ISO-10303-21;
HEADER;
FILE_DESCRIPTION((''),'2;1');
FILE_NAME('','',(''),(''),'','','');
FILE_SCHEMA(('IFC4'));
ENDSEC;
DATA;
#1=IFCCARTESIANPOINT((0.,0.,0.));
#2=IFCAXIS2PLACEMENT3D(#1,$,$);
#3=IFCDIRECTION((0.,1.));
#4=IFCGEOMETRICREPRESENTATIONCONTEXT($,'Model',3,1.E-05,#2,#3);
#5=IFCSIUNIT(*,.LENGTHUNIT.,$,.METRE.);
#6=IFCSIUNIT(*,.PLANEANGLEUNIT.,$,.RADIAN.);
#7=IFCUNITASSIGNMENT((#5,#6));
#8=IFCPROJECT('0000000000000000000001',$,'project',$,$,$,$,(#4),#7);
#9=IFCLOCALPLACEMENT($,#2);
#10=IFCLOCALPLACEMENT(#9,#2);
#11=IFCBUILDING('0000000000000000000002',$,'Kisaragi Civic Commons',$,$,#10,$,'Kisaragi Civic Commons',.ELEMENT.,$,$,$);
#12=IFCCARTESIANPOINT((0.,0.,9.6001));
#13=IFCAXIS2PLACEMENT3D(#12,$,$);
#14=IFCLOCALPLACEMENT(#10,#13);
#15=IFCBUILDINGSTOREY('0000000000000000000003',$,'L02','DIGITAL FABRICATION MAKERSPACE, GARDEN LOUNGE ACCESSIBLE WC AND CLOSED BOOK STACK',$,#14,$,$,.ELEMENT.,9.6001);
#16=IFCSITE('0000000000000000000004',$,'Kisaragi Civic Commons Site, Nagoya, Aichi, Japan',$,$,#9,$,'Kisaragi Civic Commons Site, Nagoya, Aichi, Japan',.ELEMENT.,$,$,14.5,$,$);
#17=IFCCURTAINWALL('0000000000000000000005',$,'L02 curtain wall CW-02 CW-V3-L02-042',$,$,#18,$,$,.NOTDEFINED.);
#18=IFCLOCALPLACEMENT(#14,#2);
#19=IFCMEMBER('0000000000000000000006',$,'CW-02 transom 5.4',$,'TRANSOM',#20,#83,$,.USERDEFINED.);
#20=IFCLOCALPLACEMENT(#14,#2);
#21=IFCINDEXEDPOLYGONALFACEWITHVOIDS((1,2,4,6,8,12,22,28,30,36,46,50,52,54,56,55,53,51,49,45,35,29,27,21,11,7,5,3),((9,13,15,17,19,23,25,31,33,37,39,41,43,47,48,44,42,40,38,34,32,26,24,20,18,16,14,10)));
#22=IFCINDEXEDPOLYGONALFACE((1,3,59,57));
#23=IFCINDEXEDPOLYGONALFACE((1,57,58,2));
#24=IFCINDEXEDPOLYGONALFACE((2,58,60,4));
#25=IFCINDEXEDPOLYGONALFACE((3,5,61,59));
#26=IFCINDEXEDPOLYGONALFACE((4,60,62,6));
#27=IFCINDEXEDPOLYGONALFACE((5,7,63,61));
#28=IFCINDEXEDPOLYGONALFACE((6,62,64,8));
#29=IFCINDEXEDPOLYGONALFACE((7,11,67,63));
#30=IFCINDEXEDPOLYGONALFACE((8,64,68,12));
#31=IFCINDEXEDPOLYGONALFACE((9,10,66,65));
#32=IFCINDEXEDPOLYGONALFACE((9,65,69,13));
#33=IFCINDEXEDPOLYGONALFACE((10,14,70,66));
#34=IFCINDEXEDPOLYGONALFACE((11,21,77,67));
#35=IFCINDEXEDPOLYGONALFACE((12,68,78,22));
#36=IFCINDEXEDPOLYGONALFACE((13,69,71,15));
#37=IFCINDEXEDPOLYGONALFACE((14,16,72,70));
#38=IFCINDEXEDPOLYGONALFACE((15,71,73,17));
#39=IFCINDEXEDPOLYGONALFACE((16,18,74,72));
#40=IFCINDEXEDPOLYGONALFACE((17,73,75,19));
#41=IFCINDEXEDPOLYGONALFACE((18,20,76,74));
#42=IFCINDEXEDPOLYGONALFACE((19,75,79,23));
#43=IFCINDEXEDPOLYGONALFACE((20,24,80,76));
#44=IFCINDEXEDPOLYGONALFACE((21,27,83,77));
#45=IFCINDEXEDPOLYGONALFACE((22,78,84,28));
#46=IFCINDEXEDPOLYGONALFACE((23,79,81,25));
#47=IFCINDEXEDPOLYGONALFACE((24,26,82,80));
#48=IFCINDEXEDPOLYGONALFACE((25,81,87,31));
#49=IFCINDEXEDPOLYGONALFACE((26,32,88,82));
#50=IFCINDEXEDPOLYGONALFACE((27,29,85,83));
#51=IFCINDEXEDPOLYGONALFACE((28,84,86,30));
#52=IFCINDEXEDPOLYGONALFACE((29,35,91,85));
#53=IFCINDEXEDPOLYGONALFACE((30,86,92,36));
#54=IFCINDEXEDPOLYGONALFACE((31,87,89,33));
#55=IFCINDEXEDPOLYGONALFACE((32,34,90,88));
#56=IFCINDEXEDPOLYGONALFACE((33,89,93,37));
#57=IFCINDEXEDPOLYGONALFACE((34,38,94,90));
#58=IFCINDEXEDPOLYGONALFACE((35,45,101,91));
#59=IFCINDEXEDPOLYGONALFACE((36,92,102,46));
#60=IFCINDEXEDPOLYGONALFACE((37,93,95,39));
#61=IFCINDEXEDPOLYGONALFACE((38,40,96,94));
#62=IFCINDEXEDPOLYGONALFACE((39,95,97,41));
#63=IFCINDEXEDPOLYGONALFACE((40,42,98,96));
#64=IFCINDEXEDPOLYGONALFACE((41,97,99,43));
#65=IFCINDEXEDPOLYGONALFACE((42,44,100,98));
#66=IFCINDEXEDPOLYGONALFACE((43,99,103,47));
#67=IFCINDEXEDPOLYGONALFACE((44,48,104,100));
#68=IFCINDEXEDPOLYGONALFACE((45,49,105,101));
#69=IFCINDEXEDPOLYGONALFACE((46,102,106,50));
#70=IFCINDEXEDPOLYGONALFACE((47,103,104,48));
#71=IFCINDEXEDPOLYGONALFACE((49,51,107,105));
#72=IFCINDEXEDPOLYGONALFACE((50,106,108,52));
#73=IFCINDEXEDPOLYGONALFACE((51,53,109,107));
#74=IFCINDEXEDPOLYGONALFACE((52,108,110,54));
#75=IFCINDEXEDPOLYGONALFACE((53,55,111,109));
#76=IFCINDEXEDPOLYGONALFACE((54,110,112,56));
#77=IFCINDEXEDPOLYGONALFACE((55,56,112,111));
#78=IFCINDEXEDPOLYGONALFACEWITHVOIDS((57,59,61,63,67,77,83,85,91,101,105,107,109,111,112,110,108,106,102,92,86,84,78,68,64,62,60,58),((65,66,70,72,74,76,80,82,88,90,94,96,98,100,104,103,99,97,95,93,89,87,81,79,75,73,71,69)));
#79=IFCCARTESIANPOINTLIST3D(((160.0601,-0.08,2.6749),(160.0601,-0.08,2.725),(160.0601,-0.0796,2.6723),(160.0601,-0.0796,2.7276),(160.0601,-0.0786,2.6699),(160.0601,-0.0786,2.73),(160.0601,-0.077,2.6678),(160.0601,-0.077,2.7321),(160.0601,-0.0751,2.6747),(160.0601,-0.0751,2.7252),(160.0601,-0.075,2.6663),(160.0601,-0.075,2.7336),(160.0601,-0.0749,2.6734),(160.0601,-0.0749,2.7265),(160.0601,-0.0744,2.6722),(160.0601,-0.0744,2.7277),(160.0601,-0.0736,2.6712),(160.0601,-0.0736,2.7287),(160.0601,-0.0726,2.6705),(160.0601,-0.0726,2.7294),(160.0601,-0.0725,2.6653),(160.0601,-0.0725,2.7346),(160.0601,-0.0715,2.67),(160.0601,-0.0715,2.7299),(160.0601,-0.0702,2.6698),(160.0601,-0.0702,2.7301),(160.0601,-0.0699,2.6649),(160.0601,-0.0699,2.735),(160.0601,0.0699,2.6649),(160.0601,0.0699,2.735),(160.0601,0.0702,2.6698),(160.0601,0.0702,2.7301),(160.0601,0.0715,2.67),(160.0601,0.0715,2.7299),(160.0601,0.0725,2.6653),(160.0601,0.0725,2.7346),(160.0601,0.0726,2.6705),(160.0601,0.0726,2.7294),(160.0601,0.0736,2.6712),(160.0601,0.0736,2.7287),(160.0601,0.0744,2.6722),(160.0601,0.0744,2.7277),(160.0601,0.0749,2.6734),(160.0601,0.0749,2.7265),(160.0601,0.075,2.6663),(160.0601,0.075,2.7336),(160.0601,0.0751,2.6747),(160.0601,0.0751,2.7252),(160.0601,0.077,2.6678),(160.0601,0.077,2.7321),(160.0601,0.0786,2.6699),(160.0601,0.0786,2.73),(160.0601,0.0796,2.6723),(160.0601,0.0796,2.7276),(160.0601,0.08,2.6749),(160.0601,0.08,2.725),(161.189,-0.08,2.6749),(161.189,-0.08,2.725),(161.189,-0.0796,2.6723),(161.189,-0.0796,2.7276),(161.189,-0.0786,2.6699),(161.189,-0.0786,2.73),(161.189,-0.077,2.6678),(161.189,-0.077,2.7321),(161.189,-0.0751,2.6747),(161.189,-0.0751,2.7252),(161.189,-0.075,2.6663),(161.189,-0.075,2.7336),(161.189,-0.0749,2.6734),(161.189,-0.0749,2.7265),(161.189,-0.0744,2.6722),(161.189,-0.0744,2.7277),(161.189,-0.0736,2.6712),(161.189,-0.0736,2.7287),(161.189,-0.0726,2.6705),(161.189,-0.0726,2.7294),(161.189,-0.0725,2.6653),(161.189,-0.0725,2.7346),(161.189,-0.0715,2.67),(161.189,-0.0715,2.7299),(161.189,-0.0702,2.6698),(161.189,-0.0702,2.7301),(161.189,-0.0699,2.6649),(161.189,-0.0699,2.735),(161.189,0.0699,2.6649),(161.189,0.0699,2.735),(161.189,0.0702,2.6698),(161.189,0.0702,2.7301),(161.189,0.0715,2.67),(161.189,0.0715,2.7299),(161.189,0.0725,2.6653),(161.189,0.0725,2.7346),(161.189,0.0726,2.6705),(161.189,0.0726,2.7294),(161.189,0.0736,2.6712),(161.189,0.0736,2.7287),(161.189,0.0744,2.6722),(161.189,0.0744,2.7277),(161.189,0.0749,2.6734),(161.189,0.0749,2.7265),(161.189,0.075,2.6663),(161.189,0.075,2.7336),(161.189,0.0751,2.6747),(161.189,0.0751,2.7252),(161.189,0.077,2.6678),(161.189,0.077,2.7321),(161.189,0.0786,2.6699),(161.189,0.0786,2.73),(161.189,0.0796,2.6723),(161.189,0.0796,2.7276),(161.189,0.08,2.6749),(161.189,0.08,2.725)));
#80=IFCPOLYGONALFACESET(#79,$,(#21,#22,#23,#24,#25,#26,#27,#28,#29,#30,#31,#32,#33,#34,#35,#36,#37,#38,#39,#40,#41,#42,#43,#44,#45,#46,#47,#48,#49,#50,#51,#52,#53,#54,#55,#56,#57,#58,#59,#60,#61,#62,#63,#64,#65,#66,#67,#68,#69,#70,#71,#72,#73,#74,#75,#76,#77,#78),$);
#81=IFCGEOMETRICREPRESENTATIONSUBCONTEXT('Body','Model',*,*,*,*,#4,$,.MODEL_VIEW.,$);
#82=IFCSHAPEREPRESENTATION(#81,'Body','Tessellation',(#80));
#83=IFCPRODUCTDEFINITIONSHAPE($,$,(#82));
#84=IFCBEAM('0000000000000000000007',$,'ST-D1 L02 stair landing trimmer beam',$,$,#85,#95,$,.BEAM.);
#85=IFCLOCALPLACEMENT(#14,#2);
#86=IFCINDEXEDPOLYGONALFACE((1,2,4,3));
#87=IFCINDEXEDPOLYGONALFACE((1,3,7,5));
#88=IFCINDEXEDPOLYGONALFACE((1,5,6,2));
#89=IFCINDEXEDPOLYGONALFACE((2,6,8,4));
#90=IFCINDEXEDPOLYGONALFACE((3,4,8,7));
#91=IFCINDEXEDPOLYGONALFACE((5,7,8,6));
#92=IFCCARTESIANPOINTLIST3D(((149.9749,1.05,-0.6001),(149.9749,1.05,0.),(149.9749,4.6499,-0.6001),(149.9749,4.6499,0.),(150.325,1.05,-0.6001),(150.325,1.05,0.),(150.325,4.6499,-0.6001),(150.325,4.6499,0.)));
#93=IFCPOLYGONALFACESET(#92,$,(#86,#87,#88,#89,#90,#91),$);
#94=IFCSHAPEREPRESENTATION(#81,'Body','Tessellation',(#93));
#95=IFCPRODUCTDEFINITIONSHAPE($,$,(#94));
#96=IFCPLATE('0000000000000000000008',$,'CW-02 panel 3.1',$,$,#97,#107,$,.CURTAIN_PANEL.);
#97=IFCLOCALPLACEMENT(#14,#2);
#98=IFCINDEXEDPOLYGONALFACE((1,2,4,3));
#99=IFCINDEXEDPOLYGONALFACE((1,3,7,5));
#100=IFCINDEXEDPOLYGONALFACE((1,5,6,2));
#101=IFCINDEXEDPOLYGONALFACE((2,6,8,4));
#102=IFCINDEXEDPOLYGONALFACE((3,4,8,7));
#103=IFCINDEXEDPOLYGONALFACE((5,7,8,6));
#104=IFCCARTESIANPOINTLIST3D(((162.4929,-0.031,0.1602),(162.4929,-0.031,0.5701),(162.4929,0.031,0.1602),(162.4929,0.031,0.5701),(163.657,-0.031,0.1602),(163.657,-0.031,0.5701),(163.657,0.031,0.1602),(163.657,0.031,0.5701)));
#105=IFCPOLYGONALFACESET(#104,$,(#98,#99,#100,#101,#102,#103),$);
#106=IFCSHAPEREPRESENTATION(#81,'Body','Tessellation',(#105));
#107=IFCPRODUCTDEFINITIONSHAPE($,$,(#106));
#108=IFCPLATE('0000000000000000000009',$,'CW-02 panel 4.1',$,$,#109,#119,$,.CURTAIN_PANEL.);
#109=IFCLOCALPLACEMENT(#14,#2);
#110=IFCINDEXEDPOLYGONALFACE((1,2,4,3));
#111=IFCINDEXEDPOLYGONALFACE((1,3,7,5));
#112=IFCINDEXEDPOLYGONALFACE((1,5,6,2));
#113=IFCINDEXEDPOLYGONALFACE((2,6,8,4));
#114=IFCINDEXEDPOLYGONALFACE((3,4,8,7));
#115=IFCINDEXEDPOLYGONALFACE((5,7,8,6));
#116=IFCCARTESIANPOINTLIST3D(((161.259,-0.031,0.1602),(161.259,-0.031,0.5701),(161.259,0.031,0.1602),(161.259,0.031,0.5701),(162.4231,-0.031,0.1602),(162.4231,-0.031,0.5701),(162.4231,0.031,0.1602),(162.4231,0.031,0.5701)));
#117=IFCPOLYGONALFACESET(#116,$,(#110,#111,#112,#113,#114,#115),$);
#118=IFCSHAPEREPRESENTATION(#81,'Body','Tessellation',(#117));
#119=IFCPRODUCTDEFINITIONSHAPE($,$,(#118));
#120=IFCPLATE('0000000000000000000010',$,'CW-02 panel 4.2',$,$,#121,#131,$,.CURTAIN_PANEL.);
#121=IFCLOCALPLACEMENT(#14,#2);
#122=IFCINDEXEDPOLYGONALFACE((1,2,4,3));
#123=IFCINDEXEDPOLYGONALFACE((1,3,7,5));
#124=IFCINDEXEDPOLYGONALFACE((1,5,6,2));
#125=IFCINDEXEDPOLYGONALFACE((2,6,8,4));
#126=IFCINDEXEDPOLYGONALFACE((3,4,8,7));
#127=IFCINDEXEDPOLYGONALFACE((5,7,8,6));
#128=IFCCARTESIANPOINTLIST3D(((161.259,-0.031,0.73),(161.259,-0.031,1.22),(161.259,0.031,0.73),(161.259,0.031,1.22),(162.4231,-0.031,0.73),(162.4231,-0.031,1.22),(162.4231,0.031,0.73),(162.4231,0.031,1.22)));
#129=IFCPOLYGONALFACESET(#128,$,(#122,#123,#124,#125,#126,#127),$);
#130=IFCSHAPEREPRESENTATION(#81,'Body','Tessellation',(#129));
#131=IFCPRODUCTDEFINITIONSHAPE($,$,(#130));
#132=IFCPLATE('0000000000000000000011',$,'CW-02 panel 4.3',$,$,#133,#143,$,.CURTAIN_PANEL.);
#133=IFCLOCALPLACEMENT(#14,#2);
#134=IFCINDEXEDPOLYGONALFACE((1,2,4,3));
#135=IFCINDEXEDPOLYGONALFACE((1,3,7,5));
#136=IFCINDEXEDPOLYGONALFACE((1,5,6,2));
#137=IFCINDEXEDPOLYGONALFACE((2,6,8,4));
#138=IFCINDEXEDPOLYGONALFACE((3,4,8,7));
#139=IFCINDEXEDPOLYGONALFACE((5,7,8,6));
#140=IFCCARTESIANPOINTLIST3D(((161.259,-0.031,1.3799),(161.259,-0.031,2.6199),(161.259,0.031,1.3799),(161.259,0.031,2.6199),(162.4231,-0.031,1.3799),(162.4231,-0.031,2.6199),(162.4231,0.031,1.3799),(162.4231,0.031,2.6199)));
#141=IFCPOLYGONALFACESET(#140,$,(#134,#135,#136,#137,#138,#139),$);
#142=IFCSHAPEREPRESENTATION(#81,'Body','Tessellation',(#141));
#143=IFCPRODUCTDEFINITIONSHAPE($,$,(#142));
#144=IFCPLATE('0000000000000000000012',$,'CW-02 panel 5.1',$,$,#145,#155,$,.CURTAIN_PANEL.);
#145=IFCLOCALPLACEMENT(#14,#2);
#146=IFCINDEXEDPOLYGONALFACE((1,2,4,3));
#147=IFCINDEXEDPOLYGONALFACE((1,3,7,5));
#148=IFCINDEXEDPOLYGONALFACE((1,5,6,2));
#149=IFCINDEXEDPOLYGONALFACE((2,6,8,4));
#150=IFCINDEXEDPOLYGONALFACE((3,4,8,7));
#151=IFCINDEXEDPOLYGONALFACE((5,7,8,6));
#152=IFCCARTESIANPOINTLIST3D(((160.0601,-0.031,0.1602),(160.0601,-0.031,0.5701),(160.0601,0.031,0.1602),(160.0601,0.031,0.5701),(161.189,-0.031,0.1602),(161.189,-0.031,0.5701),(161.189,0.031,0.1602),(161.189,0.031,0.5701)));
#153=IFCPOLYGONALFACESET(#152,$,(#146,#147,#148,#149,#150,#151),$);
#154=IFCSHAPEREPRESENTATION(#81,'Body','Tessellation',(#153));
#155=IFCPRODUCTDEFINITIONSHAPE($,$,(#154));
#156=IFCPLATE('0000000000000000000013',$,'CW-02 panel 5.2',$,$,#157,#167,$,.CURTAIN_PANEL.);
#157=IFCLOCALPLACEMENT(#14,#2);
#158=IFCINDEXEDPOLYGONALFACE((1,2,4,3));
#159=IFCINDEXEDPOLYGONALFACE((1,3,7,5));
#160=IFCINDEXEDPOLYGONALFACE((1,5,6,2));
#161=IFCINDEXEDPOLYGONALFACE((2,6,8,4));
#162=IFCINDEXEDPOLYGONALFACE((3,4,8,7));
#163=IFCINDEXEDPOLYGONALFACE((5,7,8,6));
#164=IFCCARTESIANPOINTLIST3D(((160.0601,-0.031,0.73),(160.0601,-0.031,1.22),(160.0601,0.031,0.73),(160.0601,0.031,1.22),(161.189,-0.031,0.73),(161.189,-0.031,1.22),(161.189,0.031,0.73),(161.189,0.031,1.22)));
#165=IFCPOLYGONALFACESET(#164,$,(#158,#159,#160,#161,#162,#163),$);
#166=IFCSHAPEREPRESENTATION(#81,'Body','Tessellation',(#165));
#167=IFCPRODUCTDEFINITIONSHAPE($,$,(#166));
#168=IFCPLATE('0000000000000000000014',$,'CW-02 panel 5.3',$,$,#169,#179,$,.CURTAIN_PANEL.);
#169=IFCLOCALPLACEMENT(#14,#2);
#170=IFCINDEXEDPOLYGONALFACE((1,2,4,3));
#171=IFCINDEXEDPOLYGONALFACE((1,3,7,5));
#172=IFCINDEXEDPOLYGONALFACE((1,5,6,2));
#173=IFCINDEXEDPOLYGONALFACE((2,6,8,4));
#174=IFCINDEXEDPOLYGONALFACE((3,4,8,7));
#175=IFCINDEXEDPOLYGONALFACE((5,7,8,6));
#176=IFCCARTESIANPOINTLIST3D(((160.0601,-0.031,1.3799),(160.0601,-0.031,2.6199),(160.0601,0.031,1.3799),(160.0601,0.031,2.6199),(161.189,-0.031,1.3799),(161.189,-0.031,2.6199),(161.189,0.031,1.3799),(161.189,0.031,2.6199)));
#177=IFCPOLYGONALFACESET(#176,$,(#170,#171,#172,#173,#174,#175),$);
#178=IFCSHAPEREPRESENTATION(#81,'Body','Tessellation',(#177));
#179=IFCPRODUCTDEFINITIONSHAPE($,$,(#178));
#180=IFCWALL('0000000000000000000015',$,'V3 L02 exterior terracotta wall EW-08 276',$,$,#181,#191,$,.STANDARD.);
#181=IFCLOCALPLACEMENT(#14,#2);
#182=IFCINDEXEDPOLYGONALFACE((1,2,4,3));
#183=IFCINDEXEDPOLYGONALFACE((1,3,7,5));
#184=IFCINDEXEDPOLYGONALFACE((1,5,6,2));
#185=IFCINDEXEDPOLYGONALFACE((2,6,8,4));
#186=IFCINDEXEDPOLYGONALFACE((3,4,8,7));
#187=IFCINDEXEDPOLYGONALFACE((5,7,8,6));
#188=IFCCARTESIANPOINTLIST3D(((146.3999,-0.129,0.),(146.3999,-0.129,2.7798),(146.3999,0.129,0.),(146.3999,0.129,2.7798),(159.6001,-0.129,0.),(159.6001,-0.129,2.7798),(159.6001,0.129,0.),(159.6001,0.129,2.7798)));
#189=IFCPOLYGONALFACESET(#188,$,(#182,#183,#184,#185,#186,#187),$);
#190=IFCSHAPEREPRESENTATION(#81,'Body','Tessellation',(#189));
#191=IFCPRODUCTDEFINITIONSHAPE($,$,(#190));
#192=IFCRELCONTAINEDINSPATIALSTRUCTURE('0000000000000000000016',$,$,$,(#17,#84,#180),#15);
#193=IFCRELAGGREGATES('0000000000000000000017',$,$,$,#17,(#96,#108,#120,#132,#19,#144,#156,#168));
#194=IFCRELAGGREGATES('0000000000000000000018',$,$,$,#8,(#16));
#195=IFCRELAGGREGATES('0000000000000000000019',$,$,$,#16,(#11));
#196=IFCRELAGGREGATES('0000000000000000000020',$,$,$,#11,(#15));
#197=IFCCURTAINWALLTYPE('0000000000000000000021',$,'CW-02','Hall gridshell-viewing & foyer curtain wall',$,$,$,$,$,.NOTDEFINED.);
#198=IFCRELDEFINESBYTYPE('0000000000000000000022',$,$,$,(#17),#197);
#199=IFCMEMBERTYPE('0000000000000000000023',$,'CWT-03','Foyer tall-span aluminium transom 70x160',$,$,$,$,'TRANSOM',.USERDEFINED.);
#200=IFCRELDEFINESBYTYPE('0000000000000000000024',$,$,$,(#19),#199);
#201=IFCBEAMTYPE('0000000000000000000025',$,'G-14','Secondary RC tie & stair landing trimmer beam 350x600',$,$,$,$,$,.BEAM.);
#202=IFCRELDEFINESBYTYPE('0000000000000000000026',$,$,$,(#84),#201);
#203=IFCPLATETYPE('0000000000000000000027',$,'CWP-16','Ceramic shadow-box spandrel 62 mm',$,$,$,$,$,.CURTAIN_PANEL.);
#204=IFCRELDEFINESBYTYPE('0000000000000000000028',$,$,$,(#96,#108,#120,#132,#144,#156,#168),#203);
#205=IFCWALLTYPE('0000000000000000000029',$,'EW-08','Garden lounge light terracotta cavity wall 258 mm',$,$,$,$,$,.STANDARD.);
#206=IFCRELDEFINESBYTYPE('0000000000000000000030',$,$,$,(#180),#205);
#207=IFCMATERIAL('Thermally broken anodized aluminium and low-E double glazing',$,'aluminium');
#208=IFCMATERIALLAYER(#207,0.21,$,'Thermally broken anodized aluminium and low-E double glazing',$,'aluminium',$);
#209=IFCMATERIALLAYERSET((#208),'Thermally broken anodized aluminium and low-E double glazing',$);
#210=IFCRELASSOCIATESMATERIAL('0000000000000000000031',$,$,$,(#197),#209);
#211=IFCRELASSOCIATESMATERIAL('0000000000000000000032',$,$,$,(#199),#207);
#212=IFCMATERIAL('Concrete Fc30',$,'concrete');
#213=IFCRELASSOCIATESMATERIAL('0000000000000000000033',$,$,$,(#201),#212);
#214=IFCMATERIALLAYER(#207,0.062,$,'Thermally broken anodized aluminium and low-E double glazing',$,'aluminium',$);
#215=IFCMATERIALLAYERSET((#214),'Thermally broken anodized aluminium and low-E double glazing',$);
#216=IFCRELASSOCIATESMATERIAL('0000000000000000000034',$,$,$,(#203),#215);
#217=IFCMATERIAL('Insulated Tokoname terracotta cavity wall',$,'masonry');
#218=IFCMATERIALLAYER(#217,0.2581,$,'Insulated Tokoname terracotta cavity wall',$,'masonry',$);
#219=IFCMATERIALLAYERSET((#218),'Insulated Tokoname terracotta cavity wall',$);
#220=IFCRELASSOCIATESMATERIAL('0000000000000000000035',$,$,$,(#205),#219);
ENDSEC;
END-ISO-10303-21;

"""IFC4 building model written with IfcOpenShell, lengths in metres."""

from ifc_helpers import new_model, si_unit, direction, frame, frame_2d, origin, origin_2d, place, context, subcontext, project, spatial, rectangle, hollow_rectangle, extrude, material, layer, layer_set, material_profile, profile_set, type_object, element, aggregate, save


model = new_model("IFC4")

# Units and contexts
model_context = context("Model", 3, precision=1e-05, world=origin(), true_north=direction((0.0, 1.0)))
body_context = subcontext(model_context, "Body", "Model", "MODEL_VIEW")
ifc_project = project(units=[si_unit("LENGTHUNIT", "METRE"), si_unit("PLANEANGLEUNIT", "RADIAN")], contexts=[model_context])

# Site, building, storey
site_placement = place(None, origin())
site = spatial("IfcSite", under=ifc_project, at=site_placement, Name="Kisaragi Civic Commons Site, Nagoya, Aichi, Japan", LongName="Kisaragi Civic Commons Site, Nagoya, Aichi, Japan", CompositionType="ELEMENT", RefElevation=14.5)
building_placement = place(site_placement, origin())
building = spatial("IfcBuilding", under=site, at=building_placement, Name="Kisaragi Civic Commons", LongName="Kisaragi Civic Commons", CompositionType="ELEMENT")
storey_placement = place(building_placement, frame((0.0, 0.0, 9.6001)))
storey = spatial("IfcBuildingStorey", under=building, at=storey_placement, Name="L02", Description="DIGITAL FABRICATION MAKERSPACE, GARDEN LOUNGE ACCESSIBLE WC AND CLOSED BOOK STACK", CompositionType="ELEMENT", Elevation=9.6001)

# Curtain wall, member
ifc_material_1 = material(Name="Thermally broken anodized aluminium and low-E double glazing", Category="aluminium")
ifc_layer_1 = layer(ifc_material_1, 0.21, Name="Thermally broken anodized aluminium and low-E double glazing", Category="aluminium")
ifc_layer_set_1 = layer_set([ifc_layer_1], Name="Thermally broken anodized aluminium and low-E double glazing")
curtain_wall_type = type_object("IfcCurtainWallType", Name="CW-02", Description="Hall gridshell-viewing & foyer curtain wall", PredefinedType="NOTDEFINED", material=ifc_layer_set_1)
curtain_wall_placement = place(storey_placement, origin())
curtain_wall = element("IfcCurtainWall", 1, at=curtain_wall_placement, inside=storey, type_object=curtain_wall_type, Name="L02 curtain wall CW-02 CW-V3-L02-042", PredefinedType="NOTDEFINED")
ifc_material_profile_1 = material_profile(ifc_material_1, hollow_rectangle(XDim=0.1599, YDim=0.0701, WallThickness=0.0049, InnerFilletRadius=0.0049, OuterFilletRadius=0.01, at=origin_2d()), Name="CWT-70x160x5", Category="aluminium")
ifc_profile_set_1 = profile_set([ifc_material_profile_1], Name="Thermally broken anodized aluminium and low-E double glazing")
member_type_1 = type_object("IfcMemberType", Name="CWT-03", Description="Foyer tall-span aluminium transom 70x160", ElementType="TRANSOM", PredefinedType="USERDEFINED", material=ifc_profile_set_1)
member_1_placement = place(storey_placement, frame((161.189, 0.0, 2.7), z_axis=(-1.0, 0.0, 0.0), x_axis=(0.0, -1.0, 0.0)))
member_1 = element("IfcMember", 2, at=member_1_placement, type_object=member_type_1, Name="CW-02 transom 5.4", ObjectType="TRANSOM", PredefinedType="USERDEFINED", context=body_context, shape_type="SweptSolid", body=[
    extrude(hollow_rectangle(XDim=0.1599, YDim=0.0701, WallThickness=0.0049, InnerFilletRadius=0.0049, OuterFilletRadius=0.01, at=origin_2d()), origin(), (0.0, 0.0, 1.0), 1.1289),
])

# Beam
ifc_material_2 = material(Name="Concrete Fc30", Category="concrete")
ifc_material_profile_2 = material_profile(ifc_material_2, rectangle(XDim=0.3501, YDim=0.6001, at=origin_2d()), Name="RC-350x600", Category="concrete")
ifc_profile_set_2 = profile_set([ifc_material_profile_2], Name="Concrete Fc30")
beam_type = type_object("IfcBeamType", Name="G-14", Description="Secondary RC tie & stair landing trimmer beam 350x600", PredefinedType="BEAM", material=ifc_profile_set_2)
beam_placement = place(storey_placement, frame((150.1499, 1.05, -0.3), z_axis=(0.0, 1.0, 0.0), x_axis=(-1.0, 0.0, 0.0)))
element("IfcBeam", 3, at=beam_placement, inside=storey, type_object=beam_type, Name="ST-D1 L02 stair landing trimmer beam", PredefinedType="BEAM", context=body_context, shape_type="SweptSolid", body=[
    extrude(rectangle(XDim=0.3501, YDim=0.6001, at=origin_2d()), origin(), (0.0, 0.0, 1.0), 3.5999),
])

# Plates
ifc_layer_2 = layer(ifc_material_1, 0.062, Name="Thermally broken anodized aluminium and low-E double glazing", Category="aluminium")
ifc_layer_set_2 = layer_set([ifc_layer_2], Name="Thermally broken anodized aluminium and low-E double glazing")
plate_type = type_object("IfcPlateType", Name="CWP-16", Description="Ceramic shadow-box spandrel 62 mm", PredefinedType="CURTAIN_PANEL", material=ifc_layer_set_2)
plate_1_placement = place(storey_placement, frame((163.075, 0.0, 0.1602), z_axis=(0.0, 0.0, 1.0), x_axis=(-1.0, 0.0, 0.0)))
plate_1 = element("IfcPlate", 4, at=plate_1_placement, type_object=plate_type, Name="CW-02 panel 3.1", PredefinedType="CURTAIN_PANEL", context=body_context, shape_type="SweptSolid", body=[
    extrude(rectangle(XDim=1.1641, YDim=0.062, at=origin_2d()), origin(), (0.0, 0.0, 1.0), 0.4099),
])
plate_2_placement = place(storey_placement, frame((161.8411, 0.0, 0.1602), z_axis=(0.0, 0.0, 1.0), x_axis=(-1.0, 0.0, 0.0)))
plate_2 = element("IfcPlate", 5, at=plate_2_placement, type_object=plate_type, Name="CW-02 panel 4.1", PredefinedType="CURTAIN_PANEL", context=body_context, shape_type="SweptSolid", body=[
    extrude(rectangle(XDim=1.1641, YDim=0.062, at=origin_2d()), origin(), (0.0, 0.0, 1.0), 0.4099),
])
plate_3_placement = place(storey_placement, frame((161.8411, 0.0, 0.73), z_axis=(0.0, 0.0, 1.0), x_axis=(-1.0, 0.0, 0.0)))
plate_3 = element("IfcPlate", 6, at=plate_3_placement, type_object=plate_type, Name="CW-02 panel 4.2", PredefinedType="CURTAIN_PANEL", context=body_context, shape_type="SweptSolid", body=[
    extrude(rectangle(XDim=1.1641, YDim=0.062, at=origin_2d()), origin(), (0.0, 0.0, 1.0), 0.49),
])
plate_4_placement = place(storey_placement, frame((161.8411, 0.0, 1.3799), z_axis=(0.0, 0.0, 1.0), x_axis=(-1.0, 0.0, 0.0)))
plate_4 = element("IfcPlate", 7, at=plate_4_placement, type_object=plate_type, Name="CW-02 panel 4.3", PredefinedType="CURTAIN_PANEL", context=body_context, shape_type="SweptSolid", body=[
    extrude(rectangle(XDim=1.1641, YDim=0.062, at=origin_2d()), origin(), (0.0, 0.0, 1.0), 1.24),
])
plate_5_placement = place(storey_placement, frame((160.6245, 0.0, 0.1602), z_axis=(0.0, 0.0, 1.0), x_axis=(-1.0, 0.0, 0.0)))
plate_5 = element("IfcPlate", 8, at=plate_5_placement, type_object=plate_type, Name="CW-02 panel 5.1", PredefinedType="CURTAIN_PANEL", context=body_context, shape_type="SweptSolid", body=[
    extrude(rectangle(XDim=1.1289, YDim=0.062, at=origin_2d()), origin(), (0.0, 0.0, 1.0), 0.4099),
])
plate_6_placement = place(storey_placement, frame((160.6245, 0.0, 0.73), z_axis=(0.0, 0.0, 1.0), x_axis=(-1.0, 0.0, 0.0)))
plate_6 = element("IfcPlate", 9, at=plate_6_placement, type_object=plate_type, Name="CW-02 panel 5.2", PredefinedType="CURTAIN_PANEL", context=body_context, shape_type="SweptSolid", body=[
    extrude(rectangle(XDim=1.1289, YDim=0.062, at=origin_2d()), origin(), (0.0, 0.0, 1.0), 0.49),
])
plate_7_placement = place(storey_placement, frame((160.6245, 0.0, 1.3799), z_axis=(0.0, 0.0, 1.0), x_axis=(-1.0, 0.0, 0.0)))
plate_7 = element("IfcPlate", 10, at=plate_7_placement, type_object=plate_type, Name="CW-02 panel 5.3", PredefinedType="CURTAIN_PANEL", context=body_context, shape_type="SweptSolid", body=[
    extrude(rectangle(XDim=1.1289, YDim=0.062, at=origin_2d()), origin(), (0.0, 0.0, 1.0), 1.24),
])
aggregate(curtain_wall, [plate_1, plate_2, plate_3, plate_4, member_1, plate_5, plate_6, plate_7])

# Wall
ifc_material_3 = material(Name="Insulated Tokoname terracotta cavity wall", Category="masonry")
ifc_layer_3 = layer(ifc_material_3, 0.2581, Name="Insulated Tokoname terracotta cavity wall", Category="masonry")
ifc_layer_set_3 = layer_set([ifc_layer_3], Name="Insulated Tokoname terracotta cavity wall")
wall_type_1 = type_object("IfcWallType", Name="EW-08", Description="Garden lounge light terracotta cavity wall 258 mm", PredefinedType="STANDARD", material=ifc_layer_set_3)
wall_1_placement = place(storey_placement, frame((159.6001, 0.0, 0.0), z_axis=(0.0, 0.0, 1.0), x_axis=(-1.0, 0.0, 0.0)))
element("IfcWall", 11, at=wall_1_placement, inside=storey, type_object=wall_type_1, Name="V3 L02 exterior terracotta wall EW-08 276", PredefinedType="STANDARD", context=body_context, shape_type="SweptSolid", body=[
    extrude(rectangle(XDim=13.2002, YDim=0.2581, at=frame_2d((6.6001, 0.0))), origin(), (0.0, 0.0, 1.0), 2.7798),
])

save(model, "model.ifc")
